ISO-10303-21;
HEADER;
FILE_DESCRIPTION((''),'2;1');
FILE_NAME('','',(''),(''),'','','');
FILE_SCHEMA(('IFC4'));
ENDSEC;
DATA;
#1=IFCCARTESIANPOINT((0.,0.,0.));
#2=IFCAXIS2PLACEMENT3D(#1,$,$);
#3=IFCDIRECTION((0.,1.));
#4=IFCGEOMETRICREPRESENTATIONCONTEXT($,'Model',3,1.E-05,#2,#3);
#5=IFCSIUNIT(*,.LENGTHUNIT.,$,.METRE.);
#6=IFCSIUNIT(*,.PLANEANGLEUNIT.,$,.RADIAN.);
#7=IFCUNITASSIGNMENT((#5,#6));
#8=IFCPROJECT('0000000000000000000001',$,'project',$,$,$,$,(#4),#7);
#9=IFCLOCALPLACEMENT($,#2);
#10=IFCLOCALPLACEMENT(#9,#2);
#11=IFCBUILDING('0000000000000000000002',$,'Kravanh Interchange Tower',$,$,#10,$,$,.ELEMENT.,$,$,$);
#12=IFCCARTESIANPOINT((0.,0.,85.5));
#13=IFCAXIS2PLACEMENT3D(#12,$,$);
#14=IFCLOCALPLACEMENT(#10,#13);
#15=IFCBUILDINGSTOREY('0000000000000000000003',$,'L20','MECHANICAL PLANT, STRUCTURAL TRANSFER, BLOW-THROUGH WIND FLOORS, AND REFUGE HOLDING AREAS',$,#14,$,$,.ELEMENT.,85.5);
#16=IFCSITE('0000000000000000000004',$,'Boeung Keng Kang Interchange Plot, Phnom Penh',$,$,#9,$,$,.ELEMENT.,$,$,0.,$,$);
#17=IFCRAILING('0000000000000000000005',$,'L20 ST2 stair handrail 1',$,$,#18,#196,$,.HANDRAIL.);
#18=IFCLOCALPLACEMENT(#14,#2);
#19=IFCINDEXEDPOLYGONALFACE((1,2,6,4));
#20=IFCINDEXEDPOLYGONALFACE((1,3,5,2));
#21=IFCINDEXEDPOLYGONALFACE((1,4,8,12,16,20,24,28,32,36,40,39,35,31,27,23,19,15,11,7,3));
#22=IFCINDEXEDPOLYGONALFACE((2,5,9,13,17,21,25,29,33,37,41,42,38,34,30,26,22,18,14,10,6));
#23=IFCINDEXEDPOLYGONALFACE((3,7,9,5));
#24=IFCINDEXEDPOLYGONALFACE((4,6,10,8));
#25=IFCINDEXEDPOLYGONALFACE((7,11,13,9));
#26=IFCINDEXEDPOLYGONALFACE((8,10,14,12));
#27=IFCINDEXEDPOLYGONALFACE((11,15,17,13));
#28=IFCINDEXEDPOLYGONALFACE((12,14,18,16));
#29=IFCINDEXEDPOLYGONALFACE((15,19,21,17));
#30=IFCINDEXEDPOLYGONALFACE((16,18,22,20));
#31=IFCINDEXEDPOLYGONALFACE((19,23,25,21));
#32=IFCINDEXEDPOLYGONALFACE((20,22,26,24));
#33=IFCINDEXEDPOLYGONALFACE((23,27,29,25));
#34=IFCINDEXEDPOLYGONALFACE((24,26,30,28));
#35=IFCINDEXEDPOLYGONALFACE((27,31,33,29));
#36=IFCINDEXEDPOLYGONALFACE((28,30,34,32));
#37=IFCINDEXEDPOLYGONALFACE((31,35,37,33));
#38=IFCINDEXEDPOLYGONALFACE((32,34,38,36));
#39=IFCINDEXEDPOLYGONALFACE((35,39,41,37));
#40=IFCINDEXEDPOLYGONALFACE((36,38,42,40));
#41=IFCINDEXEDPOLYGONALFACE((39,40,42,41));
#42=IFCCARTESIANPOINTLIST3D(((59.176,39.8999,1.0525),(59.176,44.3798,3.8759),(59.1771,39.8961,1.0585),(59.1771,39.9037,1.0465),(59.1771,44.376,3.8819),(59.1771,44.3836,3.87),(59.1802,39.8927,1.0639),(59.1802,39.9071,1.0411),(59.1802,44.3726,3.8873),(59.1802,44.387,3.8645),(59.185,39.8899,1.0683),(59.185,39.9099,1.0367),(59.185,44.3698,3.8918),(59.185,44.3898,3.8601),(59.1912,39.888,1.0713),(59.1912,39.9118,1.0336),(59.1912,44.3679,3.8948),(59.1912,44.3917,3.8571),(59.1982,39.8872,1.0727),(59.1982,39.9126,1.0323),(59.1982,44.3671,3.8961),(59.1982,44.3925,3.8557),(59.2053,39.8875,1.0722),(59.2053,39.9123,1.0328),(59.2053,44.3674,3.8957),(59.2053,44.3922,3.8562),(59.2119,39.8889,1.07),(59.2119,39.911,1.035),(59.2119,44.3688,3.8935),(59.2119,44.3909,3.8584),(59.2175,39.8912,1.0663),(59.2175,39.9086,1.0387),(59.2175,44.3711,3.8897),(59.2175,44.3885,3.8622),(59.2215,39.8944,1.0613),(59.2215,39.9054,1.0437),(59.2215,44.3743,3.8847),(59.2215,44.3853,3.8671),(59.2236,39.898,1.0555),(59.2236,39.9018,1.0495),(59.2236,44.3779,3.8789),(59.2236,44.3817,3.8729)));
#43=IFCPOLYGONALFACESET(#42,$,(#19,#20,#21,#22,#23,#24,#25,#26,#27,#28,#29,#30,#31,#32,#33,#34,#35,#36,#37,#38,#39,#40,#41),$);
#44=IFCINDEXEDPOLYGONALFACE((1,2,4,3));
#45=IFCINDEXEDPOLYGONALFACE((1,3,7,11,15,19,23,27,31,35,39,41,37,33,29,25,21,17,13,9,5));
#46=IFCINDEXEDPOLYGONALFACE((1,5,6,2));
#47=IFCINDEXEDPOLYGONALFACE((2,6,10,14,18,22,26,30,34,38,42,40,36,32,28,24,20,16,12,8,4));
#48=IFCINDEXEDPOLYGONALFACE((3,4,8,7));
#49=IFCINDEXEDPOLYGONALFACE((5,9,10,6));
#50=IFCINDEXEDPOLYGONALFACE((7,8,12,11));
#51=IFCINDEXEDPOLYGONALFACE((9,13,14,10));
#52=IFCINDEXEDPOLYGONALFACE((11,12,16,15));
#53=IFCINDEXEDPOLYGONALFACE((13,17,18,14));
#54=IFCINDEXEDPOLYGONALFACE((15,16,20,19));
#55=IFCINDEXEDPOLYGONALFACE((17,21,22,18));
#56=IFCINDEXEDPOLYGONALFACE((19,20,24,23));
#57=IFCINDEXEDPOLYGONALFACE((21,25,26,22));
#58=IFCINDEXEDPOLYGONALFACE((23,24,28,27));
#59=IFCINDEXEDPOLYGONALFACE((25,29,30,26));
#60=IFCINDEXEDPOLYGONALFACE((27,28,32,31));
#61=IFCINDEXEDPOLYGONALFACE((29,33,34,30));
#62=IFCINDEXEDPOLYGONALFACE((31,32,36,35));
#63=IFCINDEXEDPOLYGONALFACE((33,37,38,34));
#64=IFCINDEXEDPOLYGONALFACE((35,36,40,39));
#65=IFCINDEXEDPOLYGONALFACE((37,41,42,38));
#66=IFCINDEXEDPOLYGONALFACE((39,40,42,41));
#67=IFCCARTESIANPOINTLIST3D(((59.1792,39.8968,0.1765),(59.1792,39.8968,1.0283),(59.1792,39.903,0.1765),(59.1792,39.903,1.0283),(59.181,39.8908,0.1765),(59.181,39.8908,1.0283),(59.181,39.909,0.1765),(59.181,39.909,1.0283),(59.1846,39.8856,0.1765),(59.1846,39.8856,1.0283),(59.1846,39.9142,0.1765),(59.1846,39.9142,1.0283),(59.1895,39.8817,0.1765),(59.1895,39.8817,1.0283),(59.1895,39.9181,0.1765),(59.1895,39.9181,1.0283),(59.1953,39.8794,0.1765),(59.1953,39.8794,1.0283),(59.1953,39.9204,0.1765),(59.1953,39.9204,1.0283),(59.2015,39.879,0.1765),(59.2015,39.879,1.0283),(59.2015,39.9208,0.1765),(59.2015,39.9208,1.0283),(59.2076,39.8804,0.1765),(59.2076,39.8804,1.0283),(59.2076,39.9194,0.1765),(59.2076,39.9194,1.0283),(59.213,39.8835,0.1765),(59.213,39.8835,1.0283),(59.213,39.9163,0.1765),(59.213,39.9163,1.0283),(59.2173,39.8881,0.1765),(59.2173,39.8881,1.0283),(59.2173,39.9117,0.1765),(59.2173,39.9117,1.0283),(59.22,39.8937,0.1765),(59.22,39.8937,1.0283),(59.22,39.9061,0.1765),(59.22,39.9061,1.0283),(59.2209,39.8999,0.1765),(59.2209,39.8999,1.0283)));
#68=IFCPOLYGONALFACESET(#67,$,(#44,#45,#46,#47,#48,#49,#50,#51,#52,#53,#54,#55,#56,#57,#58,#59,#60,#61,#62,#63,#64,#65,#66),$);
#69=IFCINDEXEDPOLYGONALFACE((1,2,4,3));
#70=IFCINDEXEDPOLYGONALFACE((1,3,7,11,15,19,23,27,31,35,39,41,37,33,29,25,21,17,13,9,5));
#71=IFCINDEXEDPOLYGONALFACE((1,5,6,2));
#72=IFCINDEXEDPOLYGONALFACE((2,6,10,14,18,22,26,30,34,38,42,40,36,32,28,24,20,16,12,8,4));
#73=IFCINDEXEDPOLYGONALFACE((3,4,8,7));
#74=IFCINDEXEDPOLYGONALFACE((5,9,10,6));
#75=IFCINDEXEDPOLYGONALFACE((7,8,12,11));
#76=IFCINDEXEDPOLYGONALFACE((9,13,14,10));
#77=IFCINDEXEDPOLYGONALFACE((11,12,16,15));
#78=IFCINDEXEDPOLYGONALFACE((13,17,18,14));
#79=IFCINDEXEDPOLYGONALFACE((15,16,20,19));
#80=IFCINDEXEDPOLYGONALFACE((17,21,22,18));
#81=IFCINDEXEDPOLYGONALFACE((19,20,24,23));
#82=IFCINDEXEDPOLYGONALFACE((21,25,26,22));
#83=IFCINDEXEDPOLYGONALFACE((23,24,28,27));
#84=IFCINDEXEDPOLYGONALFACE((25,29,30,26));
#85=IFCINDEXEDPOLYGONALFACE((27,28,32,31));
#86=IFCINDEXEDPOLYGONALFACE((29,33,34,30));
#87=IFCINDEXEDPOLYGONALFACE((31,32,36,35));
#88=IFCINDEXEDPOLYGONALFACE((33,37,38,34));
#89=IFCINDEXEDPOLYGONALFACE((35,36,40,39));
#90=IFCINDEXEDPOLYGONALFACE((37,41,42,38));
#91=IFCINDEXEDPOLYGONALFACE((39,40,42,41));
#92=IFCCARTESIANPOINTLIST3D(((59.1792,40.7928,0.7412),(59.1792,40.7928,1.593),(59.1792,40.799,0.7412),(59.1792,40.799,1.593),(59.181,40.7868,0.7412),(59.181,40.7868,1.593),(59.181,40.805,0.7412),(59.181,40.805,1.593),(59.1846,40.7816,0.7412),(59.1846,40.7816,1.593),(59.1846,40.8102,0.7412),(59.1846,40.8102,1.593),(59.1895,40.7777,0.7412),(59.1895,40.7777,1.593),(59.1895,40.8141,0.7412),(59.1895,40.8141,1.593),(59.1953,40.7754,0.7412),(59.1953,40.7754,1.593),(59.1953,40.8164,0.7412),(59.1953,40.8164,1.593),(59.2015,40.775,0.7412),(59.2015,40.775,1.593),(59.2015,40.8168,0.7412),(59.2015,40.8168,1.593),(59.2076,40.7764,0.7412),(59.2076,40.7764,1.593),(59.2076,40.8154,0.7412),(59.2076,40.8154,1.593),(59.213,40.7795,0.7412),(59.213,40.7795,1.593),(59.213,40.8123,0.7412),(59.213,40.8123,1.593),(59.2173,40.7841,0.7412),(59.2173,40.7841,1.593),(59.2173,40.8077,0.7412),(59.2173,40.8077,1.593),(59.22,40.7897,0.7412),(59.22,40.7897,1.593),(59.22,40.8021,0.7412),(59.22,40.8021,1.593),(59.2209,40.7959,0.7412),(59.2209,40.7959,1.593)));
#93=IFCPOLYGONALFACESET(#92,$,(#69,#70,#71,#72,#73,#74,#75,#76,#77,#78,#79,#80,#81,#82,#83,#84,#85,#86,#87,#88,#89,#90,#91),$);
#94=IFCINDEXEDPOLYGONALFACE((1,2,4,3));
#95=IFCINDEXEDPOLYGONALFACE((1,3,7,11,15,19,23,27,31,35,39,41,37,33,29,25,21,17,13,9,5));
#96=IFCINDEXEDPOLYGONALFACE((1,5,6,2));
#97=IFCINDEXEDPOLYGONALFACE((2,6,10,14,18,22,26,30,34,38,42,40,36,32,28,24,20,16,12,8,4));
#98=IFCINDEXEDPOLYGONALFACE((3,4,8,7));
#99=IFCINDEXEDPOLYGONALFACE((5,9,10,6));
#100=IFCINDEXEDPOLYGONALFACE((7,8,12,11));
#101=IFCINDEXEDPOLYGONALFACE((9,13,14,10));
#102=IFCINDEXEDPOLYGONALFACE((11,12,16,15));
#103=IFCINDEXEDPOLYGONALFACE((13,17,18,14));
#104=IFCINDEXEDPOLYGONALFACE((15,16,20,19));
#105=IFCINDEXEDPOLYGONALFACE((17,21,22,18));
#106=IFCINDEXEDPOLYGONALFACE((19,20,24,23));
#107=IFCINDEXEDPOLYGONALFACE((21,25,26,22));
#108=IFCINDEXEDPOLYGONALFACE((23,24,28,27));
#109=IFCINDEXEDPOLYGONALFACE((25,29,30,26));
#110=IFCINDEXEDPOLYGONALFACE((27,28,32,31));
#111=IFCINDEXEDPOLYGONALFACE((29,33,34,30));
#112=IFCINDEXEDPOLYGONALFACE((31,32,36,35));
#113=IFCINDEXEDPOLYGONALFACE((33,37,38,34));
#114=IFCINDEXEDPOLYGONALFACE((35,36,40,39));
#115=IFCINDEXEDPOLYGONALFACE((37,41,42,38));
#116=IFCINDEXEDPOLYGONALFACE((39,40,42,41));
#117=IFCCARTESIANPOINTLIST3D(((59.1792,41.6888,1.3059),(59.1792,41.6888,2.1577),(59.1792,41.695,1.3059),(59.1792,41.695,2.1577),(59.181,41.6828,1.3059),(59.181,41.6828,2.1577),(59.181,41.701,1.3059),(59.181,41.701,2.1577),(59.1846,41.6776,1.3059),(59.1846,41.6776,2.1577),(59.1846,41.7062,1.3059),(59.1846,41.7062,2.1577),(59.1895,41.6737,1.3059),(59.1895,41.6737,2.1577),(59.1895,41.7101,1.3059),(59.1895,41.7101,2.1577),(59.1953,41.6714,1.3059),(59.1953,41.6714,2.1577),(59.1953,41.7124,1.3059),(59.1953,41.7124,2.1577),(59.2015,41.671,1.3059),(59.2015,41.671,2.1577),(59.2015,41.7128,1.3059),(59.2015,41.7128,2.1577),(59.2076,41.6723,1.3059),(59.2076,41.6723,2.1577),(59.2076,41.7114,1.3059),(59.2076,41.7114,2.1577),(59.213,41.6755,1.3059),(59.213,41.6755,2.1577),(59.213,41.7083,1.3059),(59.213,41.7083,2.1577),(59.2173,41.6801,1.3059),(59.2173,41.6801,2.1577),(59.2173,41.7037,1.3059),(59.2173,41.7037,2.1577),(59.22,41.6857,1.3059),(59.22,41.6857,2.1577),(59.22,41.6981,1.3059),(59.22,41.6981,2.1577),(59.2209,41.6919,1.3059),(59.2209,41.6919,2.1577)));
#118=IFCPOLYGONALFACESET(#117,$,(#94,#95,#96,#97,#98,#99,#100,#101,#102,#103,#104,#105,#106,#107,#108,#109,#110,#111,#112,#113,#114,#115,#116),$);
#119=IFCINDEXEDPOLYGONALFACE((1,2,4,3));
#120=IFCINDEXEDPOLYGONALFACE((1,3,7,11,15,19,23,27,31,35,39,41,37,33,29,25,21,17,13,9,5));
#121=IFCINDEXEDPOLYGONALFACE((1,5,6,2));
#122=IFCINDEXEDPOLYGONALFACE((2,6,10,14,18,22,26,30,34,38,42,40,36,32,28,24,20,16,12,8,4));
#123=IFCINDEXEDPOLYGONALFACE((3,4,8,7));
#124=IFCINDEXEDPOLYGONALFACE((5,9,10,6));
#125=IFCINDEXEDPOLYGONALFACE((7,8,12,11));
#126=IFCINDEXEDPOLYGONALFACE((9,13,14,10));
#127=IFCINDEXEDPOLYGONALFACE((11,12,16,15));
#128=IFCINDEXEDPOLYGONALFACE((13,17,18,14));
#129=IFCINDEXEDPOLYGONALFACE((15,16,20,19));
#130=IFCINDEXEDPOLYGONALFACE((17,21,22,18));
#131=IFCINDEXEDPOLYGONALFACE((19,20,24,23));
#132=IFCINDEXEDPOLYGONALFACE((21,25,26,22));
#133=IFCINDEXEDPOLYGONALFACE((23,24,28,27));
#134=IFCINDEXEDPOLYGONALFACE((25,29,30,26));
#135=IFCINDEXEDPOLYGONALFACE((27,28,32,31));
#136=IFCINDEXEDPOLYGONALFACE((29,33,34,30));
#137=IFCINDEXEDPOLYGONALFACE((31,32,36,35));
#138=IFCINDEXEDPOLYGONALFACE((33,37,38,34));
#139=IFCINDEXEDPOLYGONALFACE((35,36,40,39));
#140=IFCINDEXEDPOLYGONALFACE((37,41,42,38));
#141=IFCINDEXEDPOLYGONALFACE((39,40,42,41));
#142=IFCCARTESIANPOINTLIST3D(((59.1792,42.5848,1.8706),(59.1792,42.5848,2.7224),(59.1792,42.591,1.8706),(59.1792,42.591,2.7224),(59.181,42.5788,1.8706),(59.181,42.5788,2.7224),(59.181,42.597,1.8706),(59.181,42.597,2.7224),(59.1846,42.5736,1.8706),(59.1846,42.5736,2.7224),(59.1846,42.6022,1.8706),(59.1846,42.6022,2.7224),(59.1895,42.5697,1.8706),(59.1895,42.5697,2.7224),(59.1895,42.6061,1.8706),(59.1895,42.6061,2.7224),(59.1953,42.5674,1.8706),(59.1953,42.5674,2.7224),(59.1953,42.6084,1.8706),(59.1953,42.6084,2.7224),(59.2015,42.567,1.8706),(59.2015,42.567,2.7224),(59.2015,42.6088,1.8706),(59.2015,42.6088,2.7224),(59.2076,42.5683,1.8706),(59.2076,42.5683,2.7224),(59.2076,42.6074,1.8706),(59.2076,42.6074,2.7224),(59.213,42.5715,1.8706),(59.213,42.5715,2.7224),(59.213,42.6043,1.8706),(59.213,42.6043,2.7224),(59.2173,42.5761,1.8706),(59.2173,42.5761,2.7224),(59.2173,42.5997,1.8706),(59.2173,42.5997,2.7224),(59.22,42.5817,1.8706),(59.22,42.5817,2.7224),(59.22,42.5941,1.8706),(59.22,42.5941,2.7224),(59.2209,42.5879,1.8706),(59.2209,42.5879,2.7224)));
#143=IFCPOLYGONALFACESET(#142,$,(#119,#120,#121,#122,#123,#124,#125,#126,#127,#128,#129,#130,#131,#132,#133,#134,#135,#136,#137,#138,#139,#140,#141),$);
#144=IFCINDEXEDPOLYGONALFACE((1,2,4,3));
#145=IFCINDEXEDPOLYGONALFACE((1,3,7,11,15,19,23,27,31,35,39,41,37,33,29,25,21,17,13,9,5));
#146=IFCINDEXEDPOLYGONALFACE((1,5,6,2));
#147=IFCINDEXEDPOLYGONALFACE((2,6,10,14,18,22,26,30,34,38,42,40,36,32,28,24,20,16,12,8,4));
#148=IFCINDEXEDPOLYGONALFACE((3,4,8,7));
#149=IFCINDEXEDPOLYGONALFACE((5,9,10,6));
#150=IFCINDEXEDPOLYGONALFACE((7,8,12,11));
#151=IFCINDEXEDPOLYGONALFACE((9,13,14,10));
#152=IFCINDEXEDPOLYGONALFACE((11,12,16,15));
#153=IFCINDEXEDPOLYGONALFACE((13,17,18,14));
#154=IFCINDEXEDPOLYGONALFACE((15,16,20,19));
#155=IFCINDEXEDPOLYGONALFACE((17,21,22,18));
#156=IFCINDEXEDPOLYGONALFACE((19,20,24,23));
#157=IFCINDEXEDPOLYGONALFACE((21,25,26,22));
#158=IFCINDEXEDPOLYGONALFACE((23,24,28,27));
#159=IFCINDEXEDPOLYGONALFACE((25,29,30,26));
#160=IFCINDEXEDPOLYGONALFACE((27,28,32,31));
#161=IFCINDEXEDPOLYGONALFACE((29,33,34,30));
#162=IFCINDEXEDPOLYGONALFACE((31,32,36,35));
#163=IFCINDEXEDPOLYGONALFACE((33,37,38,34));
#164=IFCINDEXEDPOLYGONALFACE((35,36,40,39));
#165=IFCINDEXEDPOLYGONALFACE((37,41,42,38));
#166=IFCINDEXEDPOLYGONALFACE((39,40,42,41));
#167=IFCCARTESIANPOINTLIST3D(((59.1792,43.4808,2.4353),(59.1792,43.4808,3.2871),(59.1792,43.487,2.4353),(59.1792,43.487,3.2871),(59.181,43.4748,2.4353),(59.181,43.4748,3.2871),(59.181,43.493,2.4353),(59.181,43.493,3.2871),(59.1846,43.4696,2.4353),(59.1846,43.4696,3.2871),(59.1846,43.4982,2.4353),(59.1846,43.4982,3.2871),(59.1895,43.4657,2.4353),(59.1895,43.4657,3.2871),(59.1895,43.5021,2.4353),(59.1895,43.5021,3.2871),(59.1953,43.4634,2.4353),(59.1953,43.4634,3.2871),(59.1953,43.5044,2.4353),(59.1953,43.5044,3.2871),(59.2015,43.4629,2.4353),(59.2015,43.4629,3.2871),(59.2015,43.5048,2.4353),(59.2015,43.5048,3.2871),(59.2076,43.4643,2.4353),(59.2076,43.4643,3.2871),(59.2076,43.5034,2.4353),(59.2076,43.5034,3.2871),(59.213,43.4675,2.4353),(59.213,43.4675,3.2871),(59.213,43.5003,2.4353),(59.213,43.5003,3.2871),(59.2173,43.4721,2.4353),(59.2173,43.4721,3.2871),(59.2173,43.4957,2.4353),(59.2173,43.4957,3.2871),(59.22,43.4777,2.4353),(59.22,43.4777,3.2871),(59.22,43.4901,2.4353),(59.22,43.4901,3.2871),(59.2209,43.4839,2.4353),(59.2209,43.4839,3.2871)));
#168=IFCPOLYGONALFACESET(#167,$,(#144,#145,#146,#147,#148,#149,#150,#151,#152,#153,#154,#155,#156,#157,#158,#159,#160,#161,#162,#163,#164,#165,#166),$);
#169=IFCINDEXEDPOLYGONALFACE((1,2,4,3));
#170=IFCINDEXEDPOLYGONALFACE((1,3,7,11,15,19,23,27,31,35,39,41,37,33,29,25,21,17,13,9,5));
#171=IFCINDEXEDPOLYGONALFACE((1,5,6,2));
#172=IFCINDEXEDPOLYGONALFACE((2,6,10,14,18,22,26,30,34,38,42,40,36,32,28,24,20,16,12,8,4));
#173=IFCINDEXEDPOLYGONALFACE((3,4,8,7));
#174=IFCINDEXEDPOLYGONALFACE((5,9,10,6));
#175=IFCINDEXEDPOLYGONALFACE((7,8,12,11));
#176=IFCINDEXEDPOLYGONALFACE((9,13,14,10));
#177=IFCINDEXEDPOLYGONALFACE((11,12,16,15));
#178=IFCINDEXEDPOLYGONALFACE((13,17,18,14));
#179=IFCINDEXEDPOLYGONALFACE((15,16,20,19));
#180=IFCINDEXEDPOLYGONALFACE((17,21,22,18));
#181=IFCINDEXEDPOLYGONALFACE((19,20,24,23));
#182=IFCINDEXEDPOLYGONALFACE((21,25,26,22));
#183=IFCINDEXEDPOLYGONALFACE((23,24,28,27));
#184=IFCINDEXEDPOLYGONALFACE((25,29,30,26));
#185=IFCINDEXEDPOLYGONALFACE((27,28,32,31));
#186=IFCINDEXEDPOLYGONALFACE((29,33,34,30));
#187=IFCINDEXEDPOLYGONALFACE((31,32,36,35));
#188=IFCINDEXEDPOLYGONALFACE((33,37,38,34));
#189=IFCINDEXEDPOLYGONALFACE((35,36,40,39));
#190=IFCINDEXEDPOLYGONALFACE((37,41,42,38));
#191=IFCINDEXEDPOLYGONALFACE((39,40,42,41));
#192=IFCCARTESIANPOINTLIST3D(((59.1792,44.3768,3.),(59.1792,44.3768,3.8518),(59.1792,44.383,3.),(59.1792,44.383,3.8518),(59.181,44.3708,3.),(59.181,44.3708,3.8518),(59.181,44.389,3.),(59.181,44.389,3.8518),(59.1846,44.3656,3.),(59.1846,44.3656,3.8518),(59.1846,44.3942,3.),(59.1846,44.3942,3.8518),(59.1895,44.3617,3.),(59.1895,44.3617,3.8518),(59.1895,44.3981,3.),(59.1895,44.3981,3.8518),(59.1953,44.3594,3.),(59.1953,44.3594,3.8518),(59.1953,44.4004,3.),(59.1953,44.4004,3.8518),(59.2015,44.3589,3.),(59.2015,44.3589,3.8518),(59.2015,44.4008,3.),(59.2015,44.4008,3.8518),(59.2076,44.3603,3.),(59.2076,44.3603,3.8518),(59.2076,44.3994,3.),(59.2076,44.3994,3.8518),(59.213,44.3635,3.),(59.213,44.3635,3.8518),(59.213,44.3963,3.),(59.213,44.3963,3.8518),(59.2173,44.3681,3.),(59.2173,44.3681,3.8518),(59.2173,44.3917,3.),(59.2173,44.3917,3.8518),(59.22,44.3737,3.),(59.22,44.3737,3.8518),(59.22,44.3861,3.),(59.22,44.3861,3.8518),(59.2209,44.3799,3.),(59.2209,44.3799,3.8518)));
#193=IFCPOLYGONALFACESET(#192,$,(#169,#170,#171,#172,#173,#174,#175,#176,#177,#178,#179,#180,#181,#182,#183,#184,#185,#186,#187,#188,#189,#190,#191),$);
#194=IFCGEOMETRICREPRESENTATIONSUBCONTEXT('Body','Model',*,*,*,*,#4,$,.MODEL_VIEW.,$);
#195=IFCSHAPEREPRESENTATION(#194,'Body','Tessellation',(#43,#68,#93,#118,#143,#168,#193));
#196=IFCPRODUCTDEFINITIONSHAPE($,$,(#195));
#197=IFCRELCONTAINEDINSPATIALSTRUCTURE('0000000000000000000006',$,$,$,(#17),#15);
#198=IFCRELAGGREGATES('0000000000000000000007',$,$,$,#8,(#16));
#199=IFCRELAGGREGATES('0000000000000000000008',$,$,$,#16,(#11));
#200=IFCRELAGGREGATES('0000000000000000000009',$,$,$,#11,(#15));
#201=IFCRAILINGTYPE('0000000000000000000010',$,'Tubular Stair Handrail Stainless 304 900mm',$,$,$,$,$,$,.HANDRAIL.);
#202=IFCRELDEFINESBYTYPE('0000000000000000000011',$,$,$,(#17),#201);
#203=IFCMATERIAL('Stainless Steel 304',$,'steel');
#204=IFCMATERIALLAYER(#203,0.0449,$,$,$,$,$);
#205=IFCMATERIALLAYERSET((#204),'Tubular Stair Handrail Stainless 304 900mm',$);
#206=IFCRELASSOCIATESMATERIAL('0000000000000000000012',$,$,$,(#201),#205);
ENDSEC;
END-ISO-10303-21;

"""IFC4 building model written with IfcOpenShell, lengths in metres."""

from ifc_helpers import new_model, si_unit, direction, frame, origin, origin_2d, place, context, subcontext, project, spatial, circle, extrude, material, layer, layer_set, type_object, element, save


model = new_model("IFC4")

# Units and contexts
model_context = context("Model", 3, precision=1e-05, world=origin(), true_north=direction((0.0, 1.0)))
body_context = subcontext(model_context, "Body", "Model", "MODEL_VIEW")
ifc_project = project(units=[si_unit("LENGTHUNIT", "METRE"), si_unit("PLANEANGLEUNIT", "RADIAN")], contexts=[model_context])

# Site, building, storey
site_placement = place(None, origin())
site = spatial("IfcSite", under=ifc_project, at=site_placement, Name="Boeung Keng Kang Interchange Plot, Phnom Penh", CompositionType="ELEMENT", RefElevation=0.0)
building_placement = place(site_placement, origin())
building = spatial("IfcBuilding", under=site, at=building_placement, Name="Kravanh Interchange Tower", CompositionType="ELEMENT")
storey_placement = place(building_placement, frame((0.0, 0.0, 85.5)))
storey = spatial("IfcBuildingStorey", under=building, at=storey_placement, Name="L20", Description="MECHANICAL PLANT, STRUCTURAL TRANSFER, BLOW-THROUGH WIND FLOORS, AND REFUGE HOLDING AREAS", CompositionType="ELEMENT", Elevation=85.5)

# Railing
ifc_material_1 = material(Name="Stainless Steel 304", Category="steel")
ifc_layer_1 = layer(ifc_material_1, 0.0449)
ifc_layer_set_1 = layer_set([ifc_layer_1], Name="Tubular Stair Handrail Stainless 304 900mm")
railing_type_1 = type_object("IfcRailingType", Name="Tubular Stair Handrail Stainless 304 900mm", PredefinedType="HANDRAIL", material=ifc_layer_set_1)
railing_1_placement = place(storey_placement, frame((59.2, 39.8999, 0.1765)))
element("IfcRailing", 1, at=railing_1_placement, inside=storey, type_object=railing_type_1, Name="L20 ST2 stair handrail 1", PredefinedType="HANDRAIL", context=body_context, shape_type="SweptSolid", body=[
    extrude(circle(Radius=0.0239, at=origin_2d()), frame((0.0, 0.0, 0.876), z_axis=(0.0, 0.845998, 0.533186), x_axis=(-1.0, 0.0, 0.0)), (0.0, 0.0, 1.0), 5.2954),
    extrude(circle(Radius=0.021, at=origin_2d()), origin(), (0.0, 0.0, 1.0), 0.8518),
    extrude(circle(Radius=0.021, at=origin_2d()), frame((0.0, 0.896, 0.5647)), (0.0, 0.0, 1.0), 0.8518),
    extrude(circle(Radius=0.021, at=origin_2d()), frame((0.0, 1.792, 1.1294)), (0.0, 0.0, 1.0), 0.8518),
    extrude(circle(Radius=0.021, at=origin_2d()), frame((0.0, 2.688, 1.6941)), (0.0, 0.0, 1.0), 0.8518),
    extrude(circle(Radius=0.021, at=origin_2d()), frame((0.0, 3.584, 2.2588)), (0.0, 0.0, 1.0), 0.8518),
    extrude(circle(Radius=0.021, at=origin_2d()), frame((0.0, 4.48, 2.8235)), (0.0, 0.0, 1.0), 0.8518),
])

save(model, "model.ifc")
